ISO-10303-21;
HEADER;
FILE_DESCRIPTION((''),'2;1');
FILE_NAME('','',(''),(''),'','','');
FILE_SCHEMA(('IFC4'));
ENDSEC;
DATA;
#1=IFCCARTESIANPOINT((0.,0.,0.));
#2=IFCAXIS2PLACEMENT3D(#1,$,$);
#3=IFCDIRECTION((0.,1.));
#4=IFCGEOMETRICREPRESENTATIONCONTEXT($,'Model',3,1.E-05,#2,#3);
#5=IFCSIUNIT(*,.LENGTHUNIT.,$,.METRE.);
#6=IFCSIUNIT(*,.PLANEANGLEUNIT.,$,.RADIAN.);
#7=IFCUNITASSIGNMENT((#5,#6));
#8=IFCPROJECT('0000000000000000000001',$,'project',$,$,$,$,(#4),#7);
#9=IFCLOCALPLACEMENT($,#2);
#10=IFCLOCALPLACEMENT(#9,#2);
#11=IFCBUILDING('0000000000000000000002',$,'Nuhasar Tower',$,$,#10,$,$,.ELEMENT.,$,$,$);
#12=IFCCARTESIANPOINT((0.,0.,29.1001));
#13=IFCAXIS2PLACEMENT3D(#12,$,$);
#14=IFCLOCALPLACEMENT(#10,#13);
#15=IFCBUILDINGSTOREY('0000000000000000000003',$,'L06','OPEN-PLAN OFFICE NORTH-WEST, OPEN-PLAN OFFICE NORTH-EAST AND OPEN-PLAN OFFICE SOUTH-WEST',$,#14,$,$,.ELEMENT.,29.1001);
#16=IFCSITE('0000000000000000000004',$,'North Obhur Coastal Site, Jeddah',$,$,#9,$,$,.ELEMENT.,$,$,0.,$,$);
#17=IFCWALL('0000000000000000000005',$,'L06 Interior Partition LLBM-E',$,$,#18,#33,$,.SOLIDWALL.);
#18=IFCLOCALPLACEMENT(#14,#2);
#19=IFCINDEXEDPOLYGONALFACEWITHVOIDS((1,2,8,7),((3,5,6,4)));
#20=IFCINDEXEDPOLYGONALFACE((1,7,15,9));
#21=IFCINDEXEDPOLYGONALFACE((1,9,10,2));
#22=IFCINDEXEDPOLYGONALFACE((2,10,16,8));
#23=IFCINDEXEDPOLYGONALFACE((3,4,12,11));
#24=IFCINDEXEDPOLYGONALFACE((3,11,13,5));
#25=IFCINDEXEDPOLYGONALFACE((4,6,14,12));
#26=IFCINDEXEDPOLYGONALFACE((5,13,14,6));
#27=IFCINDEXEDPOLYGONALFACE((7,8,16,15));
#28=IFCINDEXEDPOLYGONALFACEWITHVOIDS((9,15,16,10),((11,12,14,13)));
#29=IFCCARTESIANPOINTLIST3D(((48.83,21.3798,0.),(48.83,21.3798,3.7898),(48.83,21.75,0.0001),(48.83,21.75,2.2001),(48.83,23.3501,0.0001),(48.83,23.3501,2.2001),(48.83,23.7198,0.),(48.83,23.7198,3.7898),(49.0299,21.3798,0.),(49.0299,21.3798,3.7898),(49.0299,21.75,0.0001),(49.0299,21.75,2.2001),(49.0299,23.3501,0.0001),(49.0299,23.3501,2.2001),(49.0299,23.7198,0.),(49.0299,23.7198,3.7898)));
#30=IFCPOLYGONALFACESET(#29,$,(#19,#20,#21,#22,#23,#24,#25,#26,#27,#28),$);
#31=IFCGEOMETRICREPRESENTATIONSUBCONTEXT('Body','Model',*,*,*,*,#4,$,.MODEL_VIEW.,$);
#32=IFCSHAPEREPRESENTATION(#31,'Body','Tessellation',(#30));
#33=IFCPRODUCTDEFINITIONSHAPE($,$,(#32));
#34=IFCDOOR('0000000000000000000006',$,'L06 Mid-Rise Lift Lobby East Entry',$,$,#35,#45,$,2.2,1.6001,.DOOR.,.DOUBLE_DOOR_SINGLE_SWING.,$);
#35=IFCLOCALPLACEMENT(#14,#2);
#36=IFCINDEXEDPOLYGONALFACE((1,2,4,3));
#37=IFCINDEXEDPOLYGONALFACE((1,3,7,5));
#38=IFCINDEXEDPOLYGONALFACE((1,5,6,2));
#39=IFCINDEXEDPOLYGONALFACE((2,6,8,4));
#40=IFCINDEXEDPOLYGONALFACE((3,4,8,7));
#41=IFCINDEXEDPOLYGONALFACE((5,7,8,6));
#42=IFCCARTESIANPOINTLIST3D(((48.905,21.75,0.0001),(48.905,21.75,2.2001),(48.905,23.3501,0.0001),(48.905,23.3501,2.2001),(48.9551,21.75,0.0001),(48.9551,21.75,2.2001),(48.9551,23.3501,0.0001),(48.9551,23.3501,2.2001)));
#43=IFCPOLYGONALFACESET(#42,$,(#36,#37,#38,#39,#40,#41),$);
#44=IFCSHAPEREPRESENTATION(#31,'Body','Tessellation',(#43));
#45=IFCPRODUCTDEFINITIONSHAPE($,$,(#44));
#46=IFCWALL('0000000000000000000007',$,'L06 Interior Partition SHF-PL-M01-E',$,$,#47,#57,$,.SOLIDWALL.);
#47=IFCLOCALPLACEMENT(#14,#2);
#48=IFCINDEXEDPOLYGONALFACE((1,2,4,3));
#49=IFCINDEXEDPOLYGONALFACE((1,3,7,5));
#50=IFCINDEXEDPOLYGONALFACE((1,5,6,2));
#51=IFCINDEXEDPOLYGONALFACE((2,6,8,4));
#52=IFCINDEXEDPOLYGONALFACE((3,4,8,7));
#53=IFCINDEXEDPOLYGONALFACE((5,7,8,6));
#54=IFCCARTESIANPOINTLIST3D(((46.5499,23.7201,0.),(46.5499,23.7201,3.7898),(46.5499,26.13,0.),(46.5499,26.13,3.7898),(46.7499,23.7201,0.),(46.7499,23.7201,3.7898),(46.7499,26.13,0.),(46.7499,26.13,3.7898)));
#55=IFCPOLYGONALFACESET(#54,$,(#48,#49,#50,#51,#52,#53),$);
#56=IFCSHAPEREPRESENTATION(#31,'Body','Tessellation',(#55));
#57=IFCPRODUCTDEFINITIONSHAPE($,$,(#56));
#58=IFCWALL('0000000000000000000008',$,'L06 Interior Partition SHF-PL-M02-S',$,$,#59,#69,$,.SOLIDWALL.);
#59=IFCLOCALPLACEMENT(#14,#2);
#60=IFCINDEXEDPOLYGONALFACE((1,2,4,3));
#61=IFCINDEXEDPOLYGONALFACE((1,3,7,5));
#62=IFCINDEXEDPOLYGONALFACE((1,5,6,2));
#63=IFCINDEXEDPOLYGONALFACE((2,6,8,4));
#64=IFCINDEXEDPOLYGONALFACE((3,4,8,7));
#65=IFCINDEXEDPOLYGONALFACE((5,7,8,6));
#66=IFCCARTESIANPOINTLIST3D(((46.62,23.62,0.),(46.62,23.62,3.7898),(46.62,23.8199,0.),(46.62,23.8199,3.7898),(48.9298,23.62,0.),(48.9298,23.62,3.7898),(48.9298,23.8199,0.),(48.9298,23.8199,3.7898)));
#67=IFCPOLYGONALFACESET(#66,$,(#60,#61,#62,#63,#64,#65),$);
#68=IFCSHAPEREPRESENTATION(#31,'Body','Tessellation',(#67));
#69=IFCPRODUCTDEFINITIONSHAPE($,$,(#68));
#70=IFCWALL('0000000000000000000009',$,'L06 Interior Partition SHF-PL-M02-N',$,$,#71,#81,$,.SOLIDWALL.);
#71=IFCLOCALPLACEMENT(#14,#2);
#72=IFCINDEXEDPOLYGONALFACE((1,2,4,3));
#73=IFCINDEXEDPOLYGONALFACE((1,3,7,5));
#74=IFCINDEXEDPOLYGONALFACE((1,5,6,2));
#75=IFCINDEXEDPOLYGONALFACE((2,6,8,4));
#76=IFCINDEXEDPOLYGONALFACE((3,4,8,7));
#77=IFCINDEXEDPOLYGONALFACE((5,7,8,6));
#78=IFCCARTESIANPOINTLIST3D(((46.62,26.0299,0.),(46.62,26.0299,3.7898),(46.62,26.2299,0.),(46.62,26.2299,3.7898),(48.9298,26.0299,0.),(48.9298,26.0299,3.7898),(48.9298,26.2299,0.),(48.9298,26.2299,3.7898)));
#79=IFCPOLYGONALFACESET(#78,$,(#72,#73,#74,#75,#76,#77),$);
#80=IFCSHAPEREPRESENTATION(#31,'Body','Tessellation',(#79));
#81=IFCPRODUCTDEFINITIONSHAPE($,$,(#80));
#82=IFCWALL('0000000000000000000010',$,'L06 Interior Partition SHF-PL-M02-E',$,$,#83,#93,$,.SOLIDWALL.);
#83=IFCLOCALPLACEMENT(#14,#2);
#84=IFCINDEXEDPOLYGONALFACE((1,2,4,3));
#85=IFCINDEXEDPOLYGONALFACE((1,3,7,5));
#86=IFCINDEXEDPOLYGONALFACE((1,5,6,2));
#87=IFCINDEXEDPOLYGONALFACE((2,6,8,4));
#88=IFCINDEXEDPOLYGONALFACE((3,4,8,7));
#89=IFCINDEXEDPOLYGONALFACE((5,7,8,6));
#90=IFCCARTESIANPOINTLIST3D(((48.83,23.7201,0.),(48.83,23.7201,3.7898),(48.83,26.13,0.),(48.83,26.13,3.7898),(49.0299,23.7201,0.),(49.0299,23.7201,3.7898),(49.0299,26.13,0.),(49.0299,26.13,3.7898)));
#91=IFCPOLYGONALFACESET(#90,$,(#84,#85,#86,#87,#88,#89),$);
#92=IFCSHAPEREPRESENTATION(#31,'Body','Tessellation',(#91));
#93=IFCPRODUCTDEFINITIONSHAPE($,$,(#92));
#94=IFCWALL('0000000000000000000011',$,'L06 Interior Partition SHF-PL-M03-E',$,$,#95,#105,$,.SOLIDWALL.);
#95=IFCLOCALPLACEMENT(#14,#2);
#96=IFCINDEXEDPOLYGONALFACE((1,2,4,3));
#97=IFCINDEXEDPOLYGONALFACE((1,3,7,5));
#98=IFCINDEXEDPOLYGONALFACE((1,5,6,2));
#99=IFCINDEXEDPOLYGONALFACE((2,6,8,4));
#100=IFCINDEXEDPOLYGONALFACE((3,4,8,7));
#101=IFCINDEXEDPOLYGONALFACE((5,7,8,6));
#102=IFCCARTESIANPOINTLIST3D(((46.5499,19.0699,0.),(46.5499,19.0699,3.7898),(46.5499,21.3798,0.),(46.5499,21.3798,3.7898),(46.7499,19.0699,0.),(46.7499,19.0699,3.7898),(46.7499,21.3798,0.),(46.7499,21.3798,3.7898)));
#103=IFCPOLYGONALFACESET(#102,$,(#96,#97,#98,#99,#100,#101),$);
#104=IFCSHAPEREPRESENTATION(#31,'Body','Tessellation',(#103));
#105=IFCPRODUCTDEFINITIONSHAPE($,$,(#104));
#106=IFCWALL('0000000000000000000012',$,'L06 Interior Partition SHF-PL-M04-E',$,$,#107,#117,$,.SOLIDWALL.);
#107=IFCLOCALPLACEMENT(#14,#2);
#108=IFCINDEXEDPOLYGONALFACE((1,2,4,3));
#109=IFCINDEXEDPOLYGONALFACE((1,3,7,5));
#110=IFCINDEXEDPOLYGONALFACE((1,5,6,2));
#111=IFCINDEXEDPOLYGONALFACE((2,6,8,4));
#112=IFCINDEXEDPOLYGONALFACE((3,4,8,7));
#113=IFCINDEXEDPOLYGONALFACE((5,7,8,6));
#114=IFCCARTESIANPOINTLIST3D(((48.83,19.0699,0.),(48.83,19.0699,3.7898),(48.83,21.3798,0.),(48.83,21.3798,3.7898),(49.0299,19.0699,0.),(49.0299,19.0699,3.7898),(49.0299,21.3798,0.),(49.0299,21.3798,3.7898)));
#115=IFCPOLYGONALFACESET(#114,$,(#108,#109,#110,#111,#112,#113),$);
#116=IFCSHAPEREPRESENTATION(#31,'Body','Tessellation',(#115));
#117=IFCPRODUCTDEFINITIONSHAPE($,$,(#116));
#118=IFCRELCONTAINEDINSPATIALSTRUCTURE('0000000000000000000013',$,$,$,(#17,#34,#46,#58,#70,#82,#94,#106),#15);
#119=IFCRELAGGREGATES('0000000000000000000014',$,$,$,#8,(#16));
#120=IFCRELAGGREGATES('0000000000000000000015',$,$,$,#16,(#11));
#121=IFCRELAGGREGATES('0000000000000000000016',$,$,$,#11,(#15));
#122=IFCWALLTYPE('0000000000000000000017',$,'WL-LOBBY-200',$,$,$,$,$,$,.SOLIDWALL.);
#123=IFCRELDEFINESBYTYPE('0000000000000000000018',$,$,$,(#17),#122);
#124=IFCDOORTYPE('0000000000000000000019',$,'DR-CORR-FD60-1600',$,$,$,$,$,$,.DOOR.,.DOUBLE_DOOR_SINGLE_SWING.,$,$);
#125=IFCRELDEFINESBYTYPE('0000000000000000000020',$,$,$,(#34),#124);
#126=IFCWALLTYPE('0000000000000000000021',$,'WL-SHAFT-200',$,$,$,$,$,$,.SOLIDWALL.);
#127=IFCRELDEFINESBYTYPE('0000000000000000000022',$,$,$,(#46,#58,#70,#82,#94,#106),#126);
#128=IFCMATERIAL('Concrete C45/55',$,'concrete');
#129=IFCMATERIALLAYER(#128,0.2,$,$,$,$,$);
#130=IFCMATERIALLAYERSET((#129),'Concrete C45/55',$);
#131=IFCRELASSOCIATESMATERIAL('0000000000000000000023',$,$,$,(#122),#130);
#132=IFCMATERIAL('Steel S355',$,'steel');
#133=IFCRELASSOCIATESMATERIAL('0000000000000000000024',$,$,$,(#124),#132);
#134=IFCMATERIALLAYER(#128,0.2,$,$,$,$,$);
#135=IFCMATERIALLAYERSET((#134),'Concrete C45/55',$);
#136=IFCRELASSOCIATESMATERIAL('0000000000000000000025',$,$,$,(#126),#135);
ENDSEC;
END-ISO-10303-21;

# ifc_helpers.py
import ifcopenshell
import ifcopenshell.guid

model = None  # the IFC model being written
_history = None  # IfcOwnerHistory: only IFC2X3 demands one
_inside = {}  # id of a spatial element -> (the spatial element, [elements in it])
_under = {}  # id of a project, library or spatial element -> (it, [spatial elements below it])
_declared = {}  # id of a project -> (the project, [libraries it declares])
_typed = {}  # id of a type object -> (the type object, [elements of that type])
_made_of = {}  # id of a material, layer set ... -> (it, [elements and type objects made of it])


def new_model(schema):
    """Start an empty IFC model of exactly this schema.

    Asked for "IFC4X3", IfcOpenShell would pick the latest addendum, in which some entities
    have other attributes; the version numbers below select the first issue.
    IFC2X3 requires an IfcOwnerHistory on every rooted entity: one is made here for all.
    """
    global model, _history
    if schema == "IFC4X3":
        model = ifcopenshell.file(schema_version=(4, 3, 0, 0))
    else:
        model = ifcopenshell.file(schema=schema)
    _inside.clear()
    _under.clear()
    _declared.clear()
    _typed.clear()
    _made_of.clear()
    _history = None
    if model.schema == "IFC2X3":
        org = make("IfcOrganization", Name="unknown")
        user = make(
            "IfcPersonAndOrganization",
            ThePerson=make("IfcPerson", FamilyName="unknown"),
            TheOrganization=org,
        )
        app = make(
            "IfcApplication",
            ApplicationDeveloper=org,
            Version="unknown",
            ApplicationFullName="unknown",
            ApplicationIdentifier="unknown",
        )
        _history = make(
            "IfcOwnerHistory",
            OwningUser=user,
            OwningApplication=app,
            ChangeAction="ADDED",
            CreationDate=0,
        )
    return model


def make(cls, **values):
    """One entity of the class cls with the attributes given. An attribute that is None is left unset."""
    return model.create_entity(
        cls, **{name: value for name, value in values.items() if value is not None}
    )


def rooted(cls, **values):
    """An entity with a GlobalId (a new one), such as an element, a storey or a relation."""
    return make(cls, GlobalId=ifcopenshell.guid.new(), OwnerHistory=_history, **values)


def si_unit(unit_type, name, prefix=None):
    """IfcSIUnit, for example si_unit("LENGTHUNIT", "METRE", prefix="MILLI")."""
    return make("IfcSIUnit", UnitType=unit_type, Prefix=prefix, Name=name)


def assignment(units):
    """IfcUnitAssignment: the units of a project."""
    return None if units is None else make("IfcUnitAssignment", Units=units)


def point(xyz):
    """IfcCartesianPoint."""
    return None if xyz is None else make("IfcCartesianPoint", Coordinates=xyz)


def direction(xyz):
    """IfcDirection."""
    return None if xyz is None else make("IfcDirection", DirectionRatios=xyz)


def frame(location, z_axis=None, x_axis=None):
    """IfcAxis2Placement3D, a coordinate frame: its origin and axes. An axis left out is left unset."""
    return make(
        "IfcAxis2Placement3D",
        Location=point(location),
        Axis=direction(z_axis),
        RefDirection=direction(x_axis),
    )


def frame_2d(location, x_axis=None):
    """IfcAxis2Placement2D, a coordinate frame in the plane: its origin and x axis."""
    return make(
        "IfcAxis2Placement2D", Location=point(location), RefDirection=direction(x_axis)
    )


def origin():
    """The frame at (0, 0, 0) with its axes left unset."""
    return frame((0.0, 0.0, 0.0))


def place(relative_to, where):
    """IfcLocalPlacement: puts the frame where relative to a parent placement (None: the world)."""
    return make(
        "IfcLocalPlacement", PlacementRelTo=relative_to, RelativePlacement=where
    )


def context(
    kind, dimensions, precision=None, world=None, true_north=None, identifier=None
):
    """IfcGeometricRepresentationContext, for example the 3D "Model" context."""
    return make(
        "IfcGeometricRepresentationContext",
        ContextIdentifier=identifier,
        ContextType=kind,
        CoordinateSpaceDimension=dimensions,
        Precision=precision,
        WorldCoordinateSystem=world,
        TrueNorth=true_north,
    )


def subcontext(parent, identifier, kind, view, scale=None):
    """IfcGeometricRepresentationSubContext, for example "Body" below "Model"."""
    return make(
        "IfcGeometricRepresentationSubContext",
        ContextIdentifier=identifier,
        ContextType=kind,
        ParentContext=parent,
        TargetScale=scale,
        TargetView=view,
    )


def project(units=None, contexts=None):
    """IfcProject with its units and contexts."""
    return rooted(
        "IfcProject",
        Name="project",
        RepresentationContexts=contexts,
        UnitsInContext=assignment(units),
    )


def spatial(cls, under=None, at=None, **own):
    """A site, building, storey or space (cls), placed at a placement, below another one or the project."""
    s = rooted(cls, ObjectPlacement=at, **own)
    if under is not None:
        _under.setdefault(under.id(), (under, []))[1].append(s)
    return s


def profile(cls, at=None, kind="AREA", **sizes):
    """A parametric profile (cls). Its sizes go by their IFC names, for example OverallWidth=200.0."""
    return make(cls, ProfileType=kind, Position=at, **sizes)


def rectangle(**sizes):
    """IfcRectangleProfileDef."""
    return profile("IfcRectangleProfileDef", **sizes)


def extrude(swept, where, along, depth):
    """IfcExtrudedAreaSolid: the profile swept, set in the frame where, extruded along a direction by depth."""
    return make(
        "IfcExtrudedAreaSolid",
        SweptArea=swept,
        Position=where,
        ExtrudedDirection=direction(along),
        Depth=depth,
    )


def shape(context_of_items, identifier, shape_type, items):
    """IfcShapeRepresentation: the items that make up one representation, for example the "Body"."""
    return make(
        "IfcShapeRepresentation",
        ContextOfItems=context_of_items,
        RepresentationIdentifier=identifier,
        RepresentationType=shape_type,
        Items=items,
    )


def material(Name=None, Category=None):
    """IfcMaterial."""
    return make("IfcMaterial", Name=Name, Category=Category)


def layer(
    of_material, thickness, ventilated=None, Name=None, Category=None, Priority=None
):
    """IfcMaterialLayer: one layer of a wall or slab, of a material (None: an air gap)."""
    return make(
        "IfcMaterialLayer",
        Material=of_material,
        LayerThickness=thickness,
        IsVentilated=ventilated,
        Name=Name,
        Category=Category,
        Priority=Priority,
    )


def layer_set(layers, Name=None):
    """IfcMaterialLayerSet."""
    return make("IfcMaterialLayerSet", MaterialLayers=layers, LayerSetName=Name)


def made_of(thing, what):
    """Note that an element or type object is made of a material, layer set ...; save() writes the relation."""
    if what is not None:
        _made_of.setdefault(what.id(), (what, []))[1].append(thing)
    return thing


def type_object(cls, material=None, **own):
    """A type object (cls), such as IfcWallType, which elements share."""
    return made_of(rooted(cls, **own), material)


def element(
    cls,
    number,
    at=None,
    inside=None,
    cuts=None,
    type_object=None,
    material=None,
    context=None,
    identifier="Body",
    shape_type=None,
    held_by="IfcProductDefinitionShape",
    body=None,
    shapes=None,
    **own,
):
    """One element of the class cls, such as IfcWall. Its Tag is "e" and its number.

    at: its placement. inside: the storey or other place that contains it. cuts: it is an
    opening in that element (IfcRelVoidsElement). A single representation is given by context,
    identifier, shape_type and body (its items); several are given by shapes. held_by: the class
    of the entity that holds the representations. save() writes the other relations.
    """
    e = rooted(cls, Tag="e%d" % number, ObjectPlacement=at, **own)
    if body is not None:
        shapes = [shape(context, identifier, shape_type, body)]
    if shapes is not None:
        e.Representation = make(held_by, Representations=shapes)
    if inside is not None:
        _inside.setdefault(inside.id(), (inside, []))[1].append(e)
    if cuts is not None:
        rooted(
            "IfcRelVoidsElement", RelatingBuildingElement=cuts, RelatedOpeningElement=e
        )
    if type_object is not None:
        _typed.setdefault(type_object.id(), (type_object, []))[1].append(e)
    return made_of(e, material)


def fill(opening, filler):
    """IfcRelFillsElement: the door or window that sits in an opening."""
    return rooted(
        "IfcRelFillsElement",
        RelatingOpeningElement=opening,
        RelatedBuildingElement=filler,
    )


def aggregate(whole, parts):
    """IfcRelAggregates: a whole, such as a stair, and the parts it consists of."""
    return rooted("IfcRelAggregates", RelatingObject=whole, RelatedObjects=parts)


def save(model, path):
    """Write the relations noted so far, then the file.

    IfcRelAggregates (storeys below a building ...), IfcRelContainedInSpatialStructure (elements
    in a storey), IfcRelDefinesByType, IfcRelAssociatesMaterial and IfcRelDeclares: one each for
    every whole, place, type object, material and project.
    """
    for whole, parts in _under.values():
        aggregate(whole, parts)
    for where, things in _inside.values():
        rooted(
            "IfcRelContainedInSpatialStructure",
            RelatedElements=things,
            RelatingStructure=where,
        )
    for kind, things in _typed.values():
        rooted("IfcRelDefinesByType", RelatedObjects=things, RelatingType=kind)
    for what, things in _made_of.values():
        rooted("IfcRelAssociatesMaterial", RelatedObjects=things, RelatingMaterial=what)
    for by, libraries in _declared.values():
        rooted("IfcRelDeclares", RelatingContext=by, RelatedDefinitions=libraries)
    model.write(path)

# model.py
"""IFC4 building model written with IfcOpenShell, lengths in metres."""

from ifc_helpers import new_model, si_unit, direction, frame, frame_2d, origin, place, context, subcontext, project, spatial, rectangle, extrude, material, layer, layer_set, type_object, element, fill, save


model = new_model("IFC4")

# Units and contexts
model_context = context("Model", 3, precision=1e-05, world=origin(), true_north=direction((0.0, 1.0)))
body_context = subcontext(model_context, "Body", "Model", "MODEL_VIEW")
ifc_project = project(units=[si_unit("LENGTHUNIT", "METRE"), si_unit("PLANEANGLEUNIT", "RADIAN")], contexts=[model_context])

# Site, building, storey
site_placement = place(None, origin())
site = spatial("IfcSite", under=ifc_project, at=site_placement, Name="North Obhur Coastal Site, Jeddah", CompositionType="ELEMENT", RefElevation=0.0)
building_placement = place(site_placement, origin())
building = spatial("IfcBuilding", under=site, at=building_placement, Name="Nuhasar Tower", CompositionType="ELEMENT")
storey_placement = place(building_placement, frame((0.0, 0.0, 29.1001)))
storey = spatial("IfcBuildingStorey", under=building, at=storey_placement, Name="L06", Description="OPEN-PLAN OFFICE NORTH-WEST, OPEN-PLAN OFFICE NORTH-EAST AND OPEN-PLAN OFFICE SOUTH-WEST", CompositionType="ELEMENT", Elevation=29.1001)

# Shared definitions
ifc_material_1 = material(Name="Steel S355", Category="steel")

# Wall, opening, door
ifc_material_2 = material(Name="Concrete C45/55", Category="concrete")
ifc_layer_1 = layer(ifc_material_2, 0.2)
ifc_layer_set_1 = layer_set([ifc_layer_1], Name="Concrete C45/55")
wall_type_1 = type_object("IfcWallType", Name="WL-LOBBY-200", PredefinedType="SOLIDWALL", material=ifc_layer_set_1)
wall_1_placement = place(storey_placement, frame((48.9299, 21.3799, 0.0), z_axis=(0.0, 0.0, 1.0), x_axis=(0.0, 1.0, 0.0)))
wall_1 = element("IfcWall", 1, at=wall_1_placement, inside=storey, type_object=wall_type_1, Name="L06 Interior Partition LLBM-E", PredefinedType="SOLIDWALL", context=body_context, shape_type="SweptSolid", body=[
    extrude(rectangle(XDim=2.3401, YDim=0.2, at=frame_2d((1.1699, 0.0))), origin(), (0.0, 0.0, 1.0), 3.7898),
])
opening_1_placement = place(wall_1_placement, frame((0.3701, 0.0, 0.0)))
opening_1 = element("IfcOpeningElement", 2, at=opening_1_placement, cuts=wall_1, PredefinedType="OPENING", context=body_context, shape_type="SweptSolid", body=[
    extrude(rectangle(XDim=1.6001, YDim=2.2, at=frame_2d((0.8, 1.1001))), frame((0.0, 0.1099, 0.0), z_axis=(0.0, -1.0, 0.0), x_axis=(1.0, 0.0, 0.0)), (0.0, 0.0, 1.0), 0.22),
])
door_type_1 = type_object("IfcDoorType", Name="DR-CORR-FD60-1600", OperationType="DOUBLE_DOOR_SINGLE_SWING", PredefinedType="DOOR", material=ifc_material_1)
door_1_placement = place(opening_1_placement, origin())
door_1 = element("IfcDoor", 3, at=door_1_placement, inside=storey, type_object=door_type_1, Name="L06 Mid-Rise Lift Lobby East Entry", OperationType="DOUBLE_DOOR_SINGLE_SWING", OverallHeight=2.2, OverallWidth=1.6001, PredefinedType="DOOR", context=body_context, shape_type="SweptSolid", body=[
    extrude(rectangle(XDim=1.6001, YDim=2.2, at=frame_2d((0.8, 1.1001))), frame((0.0, 0.0249, 0.0), z_axis=(0.0, -1.0, 0.0), x_axis=(1.0, 0.0, 0.0)), (0.0, 0.0, 1.0), 0.05),
])
fill(opening_1, door_1)

# Walls
ifc_layer_2 = layer(ifc_material_2, 0.2)
ifc_layer_set_2 = layer_set([ifc_layer_2], Name="Concrete C45/55")
wall_type_2 = type_object("IfcWallType", Name="WL-SHAFT-200", PredefinedType="SOLIDWALL", material=ifc_layer_set_2)
wall_2_placement = place(storey_placement, frame((46.6499, 23.72, 0.0), z_axis=(0.0, 0.0, 1.0), x_axis=(0.0, 1.0, 0.0)))
element("IfcWall", 4, at=wall_2_placement, inside=storey, type_object=wall_type_2, Name="L06 Interior Partition SHF-PL-M01-E", PredefinedType="SOLIDWALL", context=body_context, shape_type="SweptSolid", body=[
    extrude(rectangle(XDim=2.4099, YDim=0.2, at=frame_2d((1.2051, 0.0))), origin(), (0.0, 0.0, 1.0), 3.7898),
])
for number, where, z_axis, x_axis, name in (
    (5, (46.6201, 23.72, 0.0), (0.0, 0.0, 1.0), (1.0, 0.0, 0.0), "L06 Interior Partition SHF-PL-M02-S"),
    (6, (46.6201, 26.1299, 0.0), (0.0, 0.0, 1.0), (1.0, 0.0, 0.0), "L06 Interior Partition SHF-PL-M02-N"),
):
    element("IfcWall", number, at=place(storey_placement, frame(where, z_axis=z_axis, x_axis=x_axis)), inside=storey, type_object=wall_type_2, Name=name, PredefinedType="SOLIDWALL", context=body_context, shape_type="SweptSolid", body=[
        extrude(rectangle(XDim=2.3098, YDim=0.2, at=frame_2d((1.1548, 0.0))), origin(), (0.0, 0.0, 1.0), 3.7898),
    ])
wall_3_placement = place(storey_placement, frame((48.9299, 23.72, 0.0), z_axis=(0.0, 0.0, 1.0), x_axis=(0.0, 1.0, 0.0)))
element("IfcWall", 7, at=wall_3_placement, inside=storey, type_object=wall_type_2, Name="L06 Interior Partition SHF-PL-M02-E", PredefinedType="SOLIDWALL", context=body_context, shape_type="SweptSolid", body=[
    extrude(rectangle(XDim=2.4099, YDim=0.2, at=frame_2d((1.2051, 0.0))), origin(), (0.0, 0.0, 1.0), 3.7898),
])
for number, where, z_axis, x_axis, name in (
    (8, (46.6499, 19.0701, 0.0), (0.0, 0.0, 1.0), (0.0, 1.0, 0.0), "L06 Interior Partition SHF-PL-M03-E"),
    (9, (48.9299, 19.0701, 0.0), (0.0, 0.0, 1.0), (0.0, 1.0, 0.0), "L06 Interior Partition SHF-PL-M04-E"),
):
    element("IfcWall", number, at=place(storey_placement, frame(where, z_axis=z_axis, x_axis=x_axis)), inside=storey, type_object=wall_type_2, Name=name, PredefinedType="SOLIDWALL", context=body_context, shape_type="SweptSolid", body=[
        extrude(rectangle(XDim=2.3098, YDim=0.2, at=frame_2d((1.1548, 0.0))), origin(), (0.0, 0.0, 1.0), 3.7898),
    ])

save(model, "model.ifc")
